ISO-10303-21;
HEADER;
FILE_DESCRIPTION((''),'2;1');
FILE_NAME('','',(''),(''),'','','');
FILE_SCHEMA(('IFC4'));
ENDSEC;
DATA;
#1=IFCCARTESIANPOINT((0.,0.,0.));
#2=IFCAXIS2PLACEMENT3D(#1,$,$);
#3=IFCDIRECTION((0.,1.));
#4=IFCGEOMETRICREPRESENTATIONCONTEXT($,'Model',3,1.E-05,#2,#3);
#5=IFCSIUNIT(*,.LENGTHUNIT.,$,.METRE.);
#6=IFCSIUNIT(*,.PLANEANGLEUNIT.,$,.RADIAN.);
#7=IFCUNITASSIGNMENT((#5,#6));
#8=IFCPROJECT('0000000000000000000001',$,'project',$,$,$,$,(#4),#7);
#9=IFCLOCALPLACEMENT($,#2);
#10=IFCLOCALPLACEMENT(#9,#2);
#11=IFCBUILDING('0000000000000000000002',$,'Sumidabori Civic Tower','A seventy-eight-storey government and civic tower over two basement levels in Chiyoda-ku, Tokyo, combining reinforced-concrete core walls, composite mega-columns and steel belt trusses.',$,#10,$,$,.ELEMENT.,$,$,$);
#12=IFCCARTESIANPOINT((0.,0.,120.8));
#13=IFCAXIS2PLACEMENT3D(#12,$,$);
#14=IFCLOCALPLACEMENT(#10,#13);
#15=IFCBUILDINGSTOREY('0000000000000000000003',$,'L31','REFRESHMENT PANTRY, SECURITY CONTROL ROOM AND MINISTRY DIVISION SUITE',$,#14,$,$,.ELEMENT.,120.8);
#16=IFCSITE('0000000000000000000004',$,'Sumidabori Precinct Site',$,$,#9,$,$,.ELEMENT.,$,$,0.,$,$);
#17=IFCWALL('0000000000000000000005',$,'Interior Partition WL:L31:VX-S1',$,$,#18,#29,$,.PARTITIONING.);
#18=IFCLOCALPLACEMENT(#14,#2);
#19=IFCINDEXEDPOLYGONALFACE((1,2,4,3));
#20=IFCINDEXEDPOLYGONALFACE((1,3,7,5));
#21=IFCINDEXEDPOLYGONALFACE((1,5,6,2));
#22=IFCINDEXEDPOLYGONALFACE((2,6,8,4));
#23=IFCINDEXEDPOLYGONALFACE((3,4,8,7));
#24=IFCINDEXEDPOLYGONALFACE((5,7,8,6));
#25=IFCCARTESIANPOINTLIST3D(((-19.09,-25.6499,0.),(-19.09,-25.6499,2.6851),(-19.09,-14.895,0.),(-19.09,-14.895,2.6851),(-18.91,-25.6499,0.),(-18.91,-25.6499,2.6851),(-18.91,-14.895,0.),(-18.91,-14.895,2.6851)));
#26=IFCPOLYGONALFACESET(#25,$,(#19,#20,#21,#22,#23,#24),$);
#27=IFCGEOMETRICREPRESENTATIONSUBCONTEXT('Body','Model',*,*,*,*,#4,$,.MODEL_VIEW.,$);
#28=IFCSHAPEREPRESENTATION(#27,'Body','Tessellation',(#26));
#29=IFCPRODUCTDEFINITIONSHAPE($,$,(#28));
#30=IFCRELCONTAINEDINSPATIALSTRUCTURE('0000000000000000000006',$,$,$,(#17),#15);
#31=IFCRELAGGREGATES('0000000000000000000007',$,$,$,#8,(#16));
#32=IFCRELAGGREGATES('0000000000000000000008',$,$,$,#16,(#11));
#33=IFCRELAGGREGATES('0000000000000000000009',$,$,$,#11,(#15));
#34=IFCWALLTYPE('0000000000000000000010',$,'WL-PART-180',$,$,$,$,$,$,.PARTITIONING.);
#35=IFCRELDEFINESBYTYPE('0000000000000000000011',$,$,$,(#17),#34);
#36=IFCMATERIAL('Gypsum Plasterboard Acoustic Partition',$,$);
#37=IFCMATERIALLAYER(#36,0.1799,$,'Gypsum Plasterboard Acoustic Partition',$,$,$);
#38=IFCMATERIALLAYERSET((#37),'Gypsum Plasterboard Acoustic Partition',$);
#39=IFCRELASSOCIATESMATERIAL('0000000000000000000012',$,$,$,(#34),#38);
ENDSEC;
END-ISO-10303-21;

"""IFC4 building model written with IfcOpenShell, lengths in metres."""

from ifc_helpers import new_model, si_unit, direction, frame, frame_2d, origin, place, context, subcontext, project, spatial, rectangle, extrude, source, transform, mapped, material, layer, layer_set, type_object, element, save


model = new_model("IFC4")

# Units and contexts
model_context = context("Model", 3, precision=1e-05, world=origin(), true_north=direction((0.0, 1.0)))
body_context = subcontext(model_context, "Body", "Model", "MODEL_VIEW")
ifc_project = project(units=[si_unit("LENGTHUNIT", "METRE"), si_unit("PLANEANGLEUNIT", "RADIAN")], contexts=[model_context])

# Site, building, storey
site_placement = place(None, origin())
site = spatial("IfcSite", under=ifc_project, at=site_placement, Name="Sumidabori Precinct Site", CompositionType="ELEMENT", RefElevation=0.0)
building_placement = place(site_placement, origin())
building = spatial("IfcBuilding", under=site, at=building_placement, Name="Sumidabori Civic Tower", Description="A seventy-eight-storey government and civic tower over two basement levels in Chiyoda-ku, Tokyo, combining reinforced-concrete core walls, composite mega-columns and steel belt trusses.", CompositionType="ELEMENT")
storey_placement = place(building_placement, frame((0.0, 0.0, 120.8)))
storey = spatial("IfcBuildingStorey", under=building, at=storey_placement, Name="L31", Description="REFRESHMENT PANTRY, SECURITY CONTROL ROOM AND MINISTRY DIVISION SUITE", CompositionType="ELEMENT", Elevation=120.8)

# Shared definitions
ifc_material_1 = material(Name="Gypsum Plasterboard Acoustic Partition")
ifc_layer_1 = layer(ifc_material_1, 0.1799, Name="Gypsum Plasterboard Acoustic Partition")
ifc_layer_set_1 = layer_set([ifc_layer_1], Name="Gypsum Plasterboard Acoustic Partition")
wall_type_1 = type_object("IfcWallType", Name="WL-PART-180", PredefinedType="PARTITIONING", material=ifc_layer_set_1)

# Wall
shared_shape_1 = source(origin(), body_context, "Body", "SweptSolid", [
    extrude(rectangle(XDim=10.7549, YDim=0.1799, at=frame_2d((5.3774, 0.0))), origin(), (0.0, 0.0, 1.0), 2.6851),
])
wall_1_placement = place(storey_placement, frame((-19.0, -25.6499, 0.0), z_axis=(0.0, 0.0, 1.0), x_axis=(0.0, 1.0, 0.0)))
element("IfcWall", 1, at=wall_1_placement, inside=storey, type_object=wall_type_1, Name="Interior Partition WL:L31:VX-S1", PredefinedType="PARTITIONING", context=body_context, shape_type="MappedRepresentation", body=[
    mapped(shared_shape_1, transform((0.0, 0.0, 0.0), x_axis=(1.0, 0.0, 0.0), y_axis=(0.0, 1.0, 0.0), z_axis=(0.0, 0.0, 1.0), scale=1.0)),
])

save(model, "model.ifc")
